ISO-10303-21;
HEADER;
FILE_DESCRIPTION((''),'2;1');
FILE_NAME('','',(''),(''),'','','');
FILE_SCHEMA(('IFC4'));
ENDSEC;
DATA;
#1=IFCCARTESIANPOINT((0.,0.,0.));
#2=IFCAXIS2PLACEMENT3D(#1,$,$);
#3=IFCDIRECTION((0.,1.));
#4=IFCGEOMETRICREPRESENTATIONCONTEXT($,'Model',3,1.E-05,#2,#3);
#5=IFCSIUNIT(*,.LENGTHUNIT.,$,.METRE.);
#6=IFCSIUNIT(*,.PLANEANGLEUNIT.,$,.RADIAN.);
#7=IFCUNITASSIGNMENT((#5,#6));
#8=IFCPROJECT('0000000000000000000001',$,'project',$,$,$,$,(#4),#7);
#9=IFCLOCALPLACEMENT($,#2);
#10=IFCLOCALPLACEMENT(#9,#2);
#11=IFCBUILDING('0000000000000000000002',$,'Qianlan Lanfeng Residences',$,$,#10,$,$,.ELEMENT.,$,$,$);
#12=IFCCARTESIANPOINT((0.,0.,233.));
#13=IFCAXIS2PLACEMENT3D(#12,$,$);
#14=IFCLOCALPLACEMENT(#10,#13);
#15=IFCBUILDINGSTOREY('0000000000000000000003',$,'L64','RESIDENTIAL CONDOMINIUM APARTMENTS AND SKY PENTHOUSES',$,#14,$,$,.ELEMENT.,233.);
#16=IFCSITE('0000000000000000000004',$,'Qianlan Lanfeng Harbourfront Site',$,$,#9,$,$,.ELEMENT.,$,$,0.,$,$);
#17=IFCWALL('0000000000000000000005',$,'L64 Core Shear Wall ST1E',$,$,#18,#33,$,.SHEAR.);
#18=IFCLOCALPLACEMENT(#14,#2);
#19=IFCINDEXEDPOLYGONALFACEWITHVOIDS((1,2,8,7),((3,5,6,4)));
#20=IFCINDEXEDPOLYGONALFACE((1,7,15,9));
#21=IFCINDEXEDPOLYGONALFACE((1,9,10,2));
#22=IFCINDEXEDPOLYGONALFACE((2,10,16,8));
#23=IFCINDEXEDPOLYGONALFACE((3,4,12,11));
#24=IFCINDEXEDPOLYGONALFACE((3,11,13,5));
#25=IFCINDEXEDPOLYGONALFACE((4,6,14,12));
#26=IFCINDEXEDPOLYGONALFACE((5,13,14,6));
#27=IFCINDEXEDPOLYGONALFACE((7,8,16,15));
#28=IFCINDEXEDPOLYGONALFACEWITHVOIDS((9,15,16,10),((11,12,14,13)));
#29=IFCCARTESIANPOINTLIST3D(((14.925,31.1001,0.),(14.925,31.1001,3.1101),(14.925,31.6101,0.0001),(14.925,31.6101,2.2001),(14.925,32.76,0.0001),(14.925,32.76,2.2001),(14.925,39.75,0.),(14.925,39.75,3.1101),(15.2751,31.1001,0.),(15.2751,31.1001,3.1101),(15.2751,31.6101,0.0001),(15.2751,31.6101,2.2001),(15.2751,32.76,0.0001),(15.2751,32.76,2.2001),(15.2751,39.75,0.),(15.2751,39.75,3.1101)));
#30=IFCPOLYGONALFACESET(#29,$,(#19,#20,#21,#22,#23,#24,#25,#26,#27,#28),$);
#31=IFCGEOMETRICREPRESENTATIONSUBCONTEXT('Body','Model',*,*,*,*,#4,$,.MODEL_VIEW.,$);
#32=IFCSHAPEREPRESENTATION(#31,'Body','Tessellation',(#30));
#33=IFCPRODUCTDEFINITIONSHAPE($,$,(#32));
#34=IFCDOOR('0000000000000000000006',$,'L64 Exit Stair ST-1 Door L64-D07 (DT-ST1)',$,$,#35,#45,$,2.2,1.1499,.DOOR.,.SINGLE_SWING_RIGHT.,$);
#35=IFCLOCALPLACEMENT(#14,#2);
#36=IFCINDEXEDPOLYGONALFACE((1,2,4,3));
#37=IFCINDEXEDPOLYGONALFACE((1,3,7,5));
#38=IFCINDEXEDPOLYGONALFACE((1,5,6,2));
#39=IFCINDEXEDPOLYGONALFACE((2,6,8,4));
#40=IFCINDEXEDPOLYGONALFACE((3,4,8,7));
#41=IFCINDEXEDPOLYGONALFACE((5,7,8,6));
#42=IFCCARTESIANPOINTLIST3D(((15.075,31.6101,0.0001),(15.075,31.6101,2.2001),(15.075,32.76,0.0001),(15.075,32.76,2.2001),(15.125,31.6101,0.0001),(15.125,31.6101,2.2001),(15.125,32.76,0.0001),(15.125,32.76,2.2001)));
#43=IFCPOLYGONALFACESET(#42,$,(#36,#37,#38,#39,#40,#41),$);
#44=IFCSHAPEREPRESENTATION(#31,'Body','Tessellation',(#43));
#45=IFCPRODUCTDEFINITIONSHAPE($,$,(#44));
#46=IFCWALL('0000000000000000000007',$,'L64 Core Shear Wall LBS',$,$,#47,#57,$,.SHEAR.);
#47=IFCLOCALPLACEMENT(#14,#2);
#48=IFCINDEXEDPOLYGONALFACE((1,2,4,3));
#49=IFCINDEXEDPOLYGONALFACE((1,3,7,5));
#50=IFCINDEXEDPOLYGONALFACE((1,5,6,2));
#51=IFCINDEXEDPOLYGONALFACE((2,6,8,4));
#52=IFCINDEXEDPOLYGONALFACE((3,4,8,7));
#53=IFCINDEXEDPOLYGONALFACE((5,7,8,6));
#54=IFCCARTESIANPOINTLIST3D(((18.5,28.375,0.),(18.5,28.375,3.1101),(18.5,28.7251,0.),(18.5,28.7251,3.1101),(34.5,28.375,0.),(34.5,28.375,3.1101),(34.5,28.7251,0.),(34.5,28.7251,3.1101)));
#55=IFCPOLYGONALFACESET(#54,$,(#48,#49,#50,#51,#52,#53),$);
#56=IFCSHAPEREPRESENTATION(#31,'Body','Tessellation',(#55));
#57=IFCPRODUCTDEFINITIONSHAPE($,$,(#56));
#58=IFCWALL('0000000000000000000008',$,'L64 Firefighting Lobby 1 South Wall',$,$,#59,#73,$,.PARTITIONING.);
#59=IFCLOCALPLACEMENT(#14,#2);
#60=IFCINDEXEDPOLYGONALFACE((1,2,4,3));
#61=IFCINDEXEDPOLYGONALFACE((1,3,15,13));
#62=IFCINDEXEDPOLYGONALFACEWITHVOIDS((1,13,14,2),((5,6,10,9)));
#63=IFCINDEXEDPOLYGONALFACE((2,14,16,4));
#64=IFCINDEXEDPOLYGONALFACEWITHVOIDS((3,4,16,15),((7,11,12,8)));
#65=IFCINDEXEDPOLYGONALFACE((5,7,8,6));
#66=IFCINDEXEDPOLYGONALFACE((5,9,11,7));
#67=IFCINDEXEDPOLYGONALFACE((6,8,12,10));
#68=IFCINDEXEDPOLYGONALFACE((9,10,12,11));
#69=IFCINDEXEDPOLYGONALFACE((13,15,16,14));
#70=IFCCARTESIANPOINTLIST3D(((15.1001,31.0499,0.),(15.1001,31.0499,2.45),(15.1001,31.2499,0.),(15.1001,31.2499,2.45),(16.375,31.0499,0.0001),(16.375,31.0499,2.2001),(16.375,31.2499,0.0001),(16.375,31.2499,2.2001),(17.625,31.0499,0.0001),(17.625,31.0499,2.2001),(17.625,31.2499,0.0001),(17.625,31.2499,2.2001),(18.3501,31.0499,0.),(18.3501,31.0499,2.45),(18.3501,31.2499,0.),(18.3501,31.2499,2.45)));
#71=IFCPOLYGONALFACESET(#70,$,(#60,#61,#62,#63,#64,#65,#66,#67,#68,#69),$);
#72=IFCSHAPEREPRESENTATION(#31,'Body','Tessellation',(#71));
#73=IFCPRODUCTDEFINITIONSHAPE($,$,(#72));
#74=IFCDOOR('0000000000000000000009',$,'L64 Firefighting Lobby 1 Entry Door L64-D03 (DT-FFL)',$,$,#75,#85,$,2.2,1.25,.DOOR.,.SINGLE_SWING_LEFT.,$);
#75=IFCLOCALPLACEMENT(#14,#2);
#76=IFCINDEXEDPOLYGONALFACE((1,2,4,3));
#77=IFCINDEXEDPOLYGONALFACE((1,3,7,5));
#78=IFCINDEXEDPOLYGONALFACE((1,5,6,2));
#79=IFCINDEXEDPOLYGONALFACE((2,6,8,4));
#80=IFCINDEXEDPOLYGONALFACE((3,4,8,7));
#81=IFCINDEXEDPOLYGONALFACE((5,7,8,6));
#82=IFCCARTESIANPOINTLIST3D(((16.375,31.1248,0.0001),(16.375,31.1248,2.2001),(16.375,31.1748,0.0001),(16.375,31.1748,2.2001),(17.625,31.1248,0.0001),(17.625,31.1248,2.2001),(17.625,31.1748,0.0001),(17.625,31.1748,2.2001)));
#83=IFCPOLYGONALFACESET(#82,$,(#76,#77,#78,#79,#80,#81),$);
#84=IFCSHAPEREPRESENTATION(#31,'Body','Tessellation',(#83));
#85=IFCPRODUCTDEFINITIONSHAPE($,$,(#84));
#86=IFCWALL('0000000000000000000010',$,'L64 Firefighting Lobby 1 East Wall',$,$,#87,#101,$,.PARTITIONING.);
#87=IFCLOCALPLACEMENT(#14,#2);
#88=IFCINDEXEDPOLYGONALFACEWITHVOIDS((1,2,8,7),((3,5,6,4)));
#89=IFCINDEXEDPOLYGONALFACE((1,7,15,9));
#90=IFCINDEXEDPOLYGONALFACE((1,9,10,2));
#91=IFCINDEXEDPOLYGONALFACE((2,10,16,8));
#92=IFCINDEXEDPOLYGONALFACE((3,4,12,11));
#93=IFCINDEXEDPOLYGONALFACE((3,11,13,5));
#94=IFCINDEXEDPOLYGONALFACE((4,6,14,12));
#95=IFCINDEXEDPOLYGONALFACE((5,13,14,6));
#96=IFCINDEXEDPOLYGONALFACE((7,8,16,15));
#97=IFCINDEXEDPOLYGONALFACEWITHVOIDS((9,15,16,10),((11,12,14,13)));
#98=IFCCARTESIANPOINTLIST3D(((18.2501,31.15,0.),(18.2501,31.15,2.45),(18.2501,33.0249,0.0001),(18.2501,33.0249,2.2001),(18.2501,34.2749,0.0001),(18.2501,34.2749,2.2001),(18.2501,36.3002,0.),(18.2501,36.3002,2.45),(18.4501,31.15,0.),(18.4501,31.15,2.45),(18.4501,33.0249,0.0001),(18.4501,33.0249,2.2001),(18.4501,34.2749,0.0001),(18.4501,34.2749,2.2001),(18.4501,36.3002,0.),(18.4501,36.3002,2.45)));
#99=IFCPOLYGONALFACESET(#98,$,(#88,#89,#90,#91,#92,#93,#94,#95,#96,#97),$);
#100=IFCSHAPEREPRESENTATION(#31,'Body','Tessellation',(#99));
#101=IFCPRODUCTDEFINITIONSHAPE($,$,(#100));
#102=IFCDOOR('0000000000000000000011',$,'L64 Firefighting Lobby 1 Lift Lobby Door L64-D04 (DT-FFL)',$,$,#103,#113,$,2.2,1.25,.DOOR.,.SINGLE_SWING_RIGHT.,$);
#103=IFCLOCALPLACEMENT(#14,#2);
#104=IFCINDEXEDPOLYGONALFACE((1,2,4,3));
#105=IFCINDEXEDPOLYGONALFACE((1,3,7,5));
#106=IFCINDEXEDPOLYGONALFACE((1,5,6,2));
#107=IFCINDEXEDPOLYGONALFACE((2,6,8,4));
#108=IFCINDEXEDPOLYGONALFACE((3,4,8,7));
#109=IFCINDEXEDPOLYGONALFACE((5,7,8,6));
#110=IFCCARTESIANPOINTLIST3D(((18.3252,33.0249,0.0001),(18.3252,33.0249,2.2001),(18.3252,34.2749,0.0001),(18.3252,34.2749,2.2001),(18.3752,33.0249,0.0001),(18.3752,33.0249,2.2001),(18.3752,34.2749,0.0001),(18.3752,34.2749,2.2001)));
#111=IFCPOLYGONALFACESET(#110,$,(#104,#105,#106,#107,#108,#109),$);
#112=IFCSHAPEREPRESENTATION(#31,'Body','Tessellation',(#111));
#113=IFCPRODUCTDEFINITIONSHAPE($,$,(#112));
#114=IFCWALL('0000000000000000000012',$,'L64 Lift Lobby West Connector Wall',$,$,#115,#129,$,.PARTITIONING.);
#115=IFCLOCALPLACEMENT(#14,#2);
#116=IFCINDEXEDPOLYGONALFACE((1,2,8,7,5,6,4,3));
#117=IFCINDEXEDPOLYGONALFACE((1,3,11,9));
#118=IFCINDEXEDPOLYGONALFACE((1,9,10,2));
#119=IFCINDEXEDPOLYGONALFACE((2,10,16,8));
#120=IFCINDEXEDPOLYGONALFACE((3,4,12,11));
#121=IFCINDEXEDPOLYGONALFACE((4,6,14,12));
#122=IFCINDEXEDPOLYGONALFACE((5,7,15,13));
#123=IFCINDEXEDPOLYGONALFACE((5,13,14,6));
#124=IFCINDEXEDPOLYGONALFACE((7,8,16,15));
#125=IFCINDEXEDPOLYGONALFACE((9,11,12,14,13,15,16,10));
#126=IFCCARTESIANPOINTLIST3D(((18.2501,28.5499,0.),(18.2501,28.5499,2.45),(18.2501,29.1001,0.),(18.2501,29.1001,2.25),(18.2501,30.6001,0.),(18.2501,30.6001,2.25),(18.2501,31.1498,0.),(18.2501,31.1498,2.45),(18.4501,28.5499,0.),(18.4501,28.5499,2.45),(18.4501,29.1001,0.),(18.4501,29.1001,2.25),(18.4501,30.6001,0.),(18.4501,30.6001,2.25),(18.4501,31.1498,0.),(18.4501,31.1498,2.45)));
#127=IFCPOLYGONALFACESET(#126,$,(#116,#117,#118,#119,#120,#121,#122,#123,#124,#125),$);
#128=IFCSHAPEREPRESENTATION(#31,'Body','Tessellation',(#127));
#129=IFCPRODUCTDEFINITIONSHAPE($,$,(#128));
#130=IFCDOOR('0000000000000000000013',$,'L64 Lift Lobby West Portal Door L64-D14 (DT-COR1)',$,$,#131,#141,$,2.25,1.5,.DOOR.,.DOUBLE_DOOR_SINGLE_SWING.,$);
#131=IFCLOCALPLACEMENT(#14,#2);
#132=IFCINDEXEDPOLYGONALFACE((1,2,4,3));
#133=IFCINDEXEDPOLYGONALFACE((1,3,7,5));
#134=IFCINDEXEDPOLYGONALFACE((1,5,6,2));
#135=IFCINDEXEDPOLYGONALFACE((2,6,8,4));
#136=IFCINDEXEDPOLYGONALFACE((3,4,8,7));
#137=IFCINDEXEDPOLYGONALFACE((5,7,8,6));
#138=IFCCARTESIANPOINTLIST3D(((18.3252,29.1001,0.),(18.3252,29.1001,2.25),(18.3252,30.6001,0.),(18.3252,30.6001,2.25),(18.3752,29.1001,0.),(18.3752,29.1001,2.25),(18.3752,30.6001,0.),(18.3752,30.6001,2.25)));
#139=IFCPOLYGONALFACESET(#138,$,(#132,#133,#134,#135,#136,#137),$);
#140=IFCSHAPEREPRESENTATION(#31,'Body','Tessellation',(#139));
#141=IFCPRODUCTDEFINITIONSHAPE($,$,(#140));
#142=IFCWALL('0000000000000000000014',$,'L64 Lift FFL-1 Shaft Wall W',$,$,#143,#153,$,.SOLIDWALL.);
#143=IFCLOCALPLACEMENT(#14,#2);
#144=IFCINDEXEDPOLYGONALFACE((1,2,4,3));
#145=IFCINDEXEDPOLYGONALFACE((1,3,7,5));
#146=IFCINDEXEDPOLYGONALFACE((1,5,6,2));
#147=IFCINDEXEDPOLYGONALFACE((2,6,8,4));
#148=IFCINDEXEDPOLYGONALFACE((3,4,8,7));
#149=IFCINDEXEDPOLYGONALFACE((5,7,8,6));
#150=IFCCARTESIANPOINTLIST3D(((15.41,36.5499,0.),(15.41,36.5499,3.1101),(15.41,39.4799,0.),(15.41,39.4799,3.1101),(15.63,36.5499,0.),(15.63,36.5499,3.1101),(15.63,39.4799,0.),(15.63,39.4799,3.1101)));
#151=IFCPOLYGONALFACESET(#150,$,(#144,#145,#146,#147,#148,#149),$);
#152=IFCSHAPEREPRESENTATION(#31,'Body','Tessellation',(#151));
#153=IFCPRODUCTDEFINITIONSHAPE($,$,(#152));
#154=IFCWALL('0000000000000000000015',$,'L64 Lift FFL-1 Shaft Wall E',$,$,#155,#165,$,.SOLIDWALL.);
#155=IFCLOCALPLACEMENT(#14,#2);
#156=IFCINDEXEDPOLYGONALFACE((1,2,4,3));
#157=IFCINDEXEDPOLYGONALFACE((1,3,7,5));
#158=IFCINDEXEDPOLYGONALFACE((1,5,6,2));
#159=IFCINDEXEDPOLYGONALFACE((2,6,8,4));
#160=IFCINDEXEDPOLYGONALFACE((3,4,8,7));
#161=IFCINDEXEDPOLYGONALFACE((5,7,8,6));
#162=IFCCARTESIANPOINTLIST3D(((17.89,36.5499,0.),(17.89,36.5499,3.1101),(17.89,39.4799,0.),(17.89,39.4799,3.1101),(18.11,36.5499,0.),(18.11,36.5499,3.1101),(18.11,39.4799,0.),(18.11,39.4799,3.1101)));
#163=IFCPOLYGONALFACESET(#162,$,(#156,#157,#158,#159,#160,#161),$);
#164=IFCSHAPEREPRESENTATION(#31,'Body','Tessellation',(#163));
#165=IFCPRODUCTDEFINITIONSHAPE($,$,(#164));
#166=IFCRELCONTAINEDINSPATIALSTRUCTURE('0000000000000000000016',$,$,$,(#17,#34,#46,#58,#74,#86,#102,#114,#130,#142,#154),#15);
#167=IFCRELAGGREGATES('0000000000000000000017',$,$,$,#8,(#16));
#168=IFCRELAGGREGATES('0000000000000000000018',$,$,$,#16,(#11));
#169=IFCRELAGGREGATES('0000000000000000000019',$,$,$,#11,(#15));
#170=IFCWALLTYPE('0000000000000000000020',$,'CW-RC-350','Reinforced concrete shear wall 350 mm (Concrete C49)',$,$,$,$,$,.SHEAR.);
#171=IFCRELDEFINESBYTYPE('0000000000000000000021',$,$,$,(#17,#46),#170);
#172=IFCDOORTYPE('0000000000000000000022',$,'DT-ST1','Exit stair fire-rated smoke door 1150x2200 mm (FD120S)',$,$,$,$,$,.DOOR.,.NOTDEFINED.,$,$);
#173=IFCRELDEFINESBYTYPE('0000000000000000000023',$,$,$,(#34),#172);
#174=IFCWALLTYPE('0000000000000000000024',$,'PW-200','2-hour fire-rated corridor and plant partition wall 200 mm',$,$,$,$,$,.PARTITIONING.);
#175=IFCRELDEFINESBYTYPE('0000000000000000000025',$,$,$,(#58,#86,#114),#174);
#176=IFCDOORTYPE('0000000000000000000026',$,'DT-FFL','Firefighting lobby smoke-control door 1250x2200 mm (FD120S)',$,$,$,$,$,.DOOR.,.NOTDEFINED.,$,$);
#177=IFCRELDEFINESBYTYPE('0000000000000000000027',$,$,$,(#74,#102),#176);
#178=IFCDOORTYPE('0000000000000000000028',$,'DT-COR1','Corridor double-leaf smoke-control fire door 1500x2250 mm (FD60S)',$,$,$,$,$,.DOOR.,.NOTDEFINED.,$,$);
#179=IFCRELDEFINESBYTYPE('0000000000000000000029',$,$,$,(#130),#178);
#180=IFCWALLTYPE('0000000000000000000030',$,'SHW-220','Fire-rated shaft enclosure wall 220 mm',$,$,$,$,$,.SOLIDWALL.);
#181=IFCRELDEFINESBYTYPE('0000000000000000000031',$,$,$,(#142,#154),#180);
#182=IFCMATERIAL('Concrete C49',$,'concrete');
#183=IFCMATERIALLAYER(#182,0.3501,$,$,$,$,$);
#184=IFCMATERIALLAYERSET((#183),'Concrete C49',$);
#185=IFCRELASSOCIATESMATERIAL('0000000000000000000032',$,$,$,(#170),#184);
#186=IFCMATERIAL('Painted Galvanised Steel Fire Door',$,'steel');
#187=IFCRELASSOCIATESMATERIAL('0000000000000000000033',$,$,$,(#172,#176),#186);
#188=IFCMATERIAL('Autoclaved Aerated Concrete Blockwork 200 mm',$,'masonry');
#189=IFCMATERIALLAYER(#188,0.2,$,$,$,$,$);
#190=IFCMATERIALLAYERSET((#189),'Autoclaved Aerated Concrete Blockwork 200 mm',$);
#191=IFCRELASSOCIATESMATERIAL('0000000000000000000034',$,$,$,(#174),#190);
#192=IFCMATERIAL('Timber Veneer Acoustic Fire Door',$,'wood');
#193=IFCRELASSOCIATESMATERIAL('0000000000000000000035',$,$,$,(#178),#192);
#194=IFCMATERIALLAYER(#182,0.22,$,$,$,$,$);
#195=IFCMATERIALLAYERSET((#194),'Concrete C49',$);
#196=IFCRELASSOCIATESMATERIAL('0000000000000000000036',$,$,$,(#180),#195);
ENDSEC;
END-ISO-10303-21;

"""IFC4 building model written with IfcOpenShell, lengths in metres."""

from ifc_helpers import new_model, si_unit, direction, frame, frame_2d, origin, place, context, subcontext, project, spatial, rectangle, extrude, material, layer, layer_set, type_object, element, fill, save


model = new_model("IFC4")

# Units and contexts
model_context = context("Model", 3, precision=1e-05, world=origin(), true_north=direction((0.0, 1.0)))
body_context = subcontext(model_context, "Body", "Model", "MODEL_VIEW")
ifc_project = project(units=[si_unit("LENGTHUNIT", "METRE"), si_unit("PLANEANGLEUNIT", "RADIAN")], contexts=[model_context])

# Site, building, storey
site_placement = place(None, origin())
site = spatial("IfcSite", under=ifc_project, at=site_placement, Name="Qianlan Lanfeng Harbourfront Site", CompositionType="ELEMENT", RefElevation=0.0)
building_placement = place(site_placement, origin())
building = spatial("IfcBuilding", under=site, at=building_placement, Name="Qianlan Lanfeng Residences", CompositionType="ELEMENT")
storey_placement = place(building_placement, frame((0.0, 0.0, 233.0)))
storey = spatial("IfcBuildingStorey", under=building, at=storey_placement, Name="L64", Description="RESIDENTIAL CONDOMINIUM APARTMENTS AND SKY PENTHOUSES", CompositionType="ELEMENT", Elevation=233.0)

# Wall, opening, door
ifc_material_1 = material(Name="Concrete C49", Category="concrete")
ifc_layer_1 = layer(ifc_material_1, 0.3501)
ifc_layer_set_1 = layer_set([ifc_layer_1], Name="Concrete C49")
wall_type_1 = type_object("IfcWallType", Name="CW-RC-350", Description="Reinforced concrete shear wall 350 mm (Concrete C49)", PredefinedType="SHEAR", material=ifc_layer_set_1)
wall_1_placement = place(storey_placement, frame((15.1001, 31.1001, 0.0), z_axis=(0.0, 0.0, 1.0), x_axis=(0.0, 1.0, 0.0)))
wall_1 = element("IfcWall", 1, at=wall_1_placement, inside=storey, type_object=wall_type_1, Name="L64 Core Shear Wall ST1E", PredefinedType="SHEAR", context=body_context, shape_type="SweptSolid", body=[
    extrude(rectangle(XDim=8.6499, YDim=0.3501, at=frame_2d((4.325, 0.0))), origin(), (0.0, 0.0, 1.0), 3.1101),
])
opening_1_placement = place(wall_1_placement, frame((0.51, 0.0, 0.0)))
opening_1 = element("IfcOpeningElement", 2, at=opening_1_placement, cuts=wall_1, PredefinedType="OPENING", context=body_context, shape_type="SweptSolid", body=[
    extrude(rectangle(XDim=1.1499, YDim=2.2, at=frame_2d((0.575, 1.1001))), frame((0.0, 0.1851, 0.0), z_axis=(0.0, -1.0, 0.0), x_axis=(1.0, 0.0, 0.0)), (0.0, 0.0, 1.0), 0.3701),
])
ifc_material_2 = material(Name="Painted Galvanised Steel Fire Door", Category="steel")
door_type_1 = type_object("IfcDoorType", Name="DT-ST1", Description="Exit stair fire-rated smoke door 1150x2200 mm (FD120S)", OperationType="NOTDEFINED", PredefinedType="DOOR", material=ifc_material_2)
door_1_placement = place(opening_1_placement, frame((1.1499, 0.0, 0.0), z_axis=(0.0, 0.0, 1.0), x_axis=(-1.0, 0.0, 0.0)))
door_1 = element("IfcDoor", 3, at=door_1_placement, inside=storey, type_object=door_type_1, Name="L64 Exit Stair ST-1 Door L64-D07 (DT-ST1)", OperationType="SINGLE_SWING_RIGHT", OverallHeight=2.2, OverallWidth=1.1499, PredefinedType="DOOR", context=body_context, shape_type="SweptSolid", body=[
    extrude(rectangle(XDim=1.1499, YDim=2.2, at=frame_2d((0.575, 1.1001))), frame((0.0, 0.0249, 0.0), z_axis=(0.0, -1.0, 0.0), x_axis=(1.0, 0.0, 0.0)), (0.0, 0.0, 1.0), 0.05),
])
fill(opening_1, door_1)

# Wall
wall_2_placement = place(storey_placement, frame((18.5, 28.55, 0.0), z_axis=(0.0, 0.0, 1.0), x_axis=(1.0, 0.0, 0.0)))
element("IfcWall", 4, at=wall_2_placement, inside=storey, type_object=wall_type_1, Name="L64 Core Shear Wall LBS", PredefinedType="SHEAR", context=body_context, shape_type="SweptSolid", body=[
    extrude(rectangle(XDim=16.0, YDim=0.3501, at=frame_2d((8.0, 0.0))), origin(), (0.0, 0.0, 1.0), 3.1101),
])

# Walls, openings, doors
ifc_material_3 = material(Name="Autoclaved Aerated Concrete Blockwork 200 mm", Category="masonry")
ifc_layer_2 = layer(ifc_material_3, 0.2)
ifc_layer_set_2 = layer_set([ifc_layer_2], Name="Autoclaved Aerated Concrete Blockwork 200 mm")
wall_type_2 = type_object("IfcWallType", Name="PW-200", Description="2-hour fire-rated corridor and plant partition wall 200 mm", PredefinedType="PARTITIONING", material=ifc_layer_set_2)
wall_3_placement = place(storey_placement, frame((15.1001, 31.1499, 0.0), z_axis=(0.0, 0.0, 1.0), x_axis=(1.0, 0.0, 0.0)))
wall_3 = element("IfcWall", 5, at=wall_3_placement, inside=storey, type_object=wall_type_2, Name="L64 Firefighting Lobby 1 South Wall", PredefinedType="PARTITIONING", context=body_context, shape_type="SweptSolid", body=[
    extrude(rectangle(XDim=3.25, YDim=0.2, at=frame_2d((1.625, 0.0))), origin(), (0.0, 0.0, 1.0), 2.45),
])
opening_2_placement = place(wall_3_placement, frame((1.2749, 0.0, 0.0)))
opening_2 = element("IfcOpeningElement", 6, at=opening_2_placement, cuts=wall_3, PredefinedType="OPENING", context=body_context, shape_type="SweptSolid", body=[
    extrude(rectangle(XDim=1.25, YDim=2.2, at=frame_2d((0.625, 1.1001))), frame((0.0, 0.1099, 0.0), z_axis=(0.0, -1.0, 0.0), x_axis=(1.0, 0.0, 0.0)), (0.0, 0.0, 1.0), 0.22),
])
door_type_2 = type_object("IfcDoorType", Name="DT-FFL", Description="Firefighting lobby smoke-control door 1250x2200 mm (FD120S)", OperationType="NOTDEFINED", PredefinedType="DOOR", material=ifc_material_2)
door_2_placement = place(opening_2_placement, origin())
door_2 = element("IfcDoor", 7, at=door_2_placement, inside=storey, type_object=door_type_2, Name="L64 Firefighting Lobby 1 Entry Door L64-D03 (DT-FFL)", OperationType="SINGLE_SWING_LEFT", OverallHeight=2.2, OverallWidth=1.25, PredefinedType="DOOR", context=body_context, shape_type="SweptSolid", body=[
    extrude(rectangle(XDim=1.25, YDim=2.2, at=frame_2d((0.625, 1.1001))), frame((0.0, 0.0249, 0.0), z_axis=(0.0, -1.0, 0.0), x_axis=(1.0, 0.0, 0.0)), (0.0, 0.0, 1.0), 0.05),
])
fill(opening_2, door_2)
wall_4_placement = place(storey_placement, frame((18.3501, 31.1499, 0.0), z_axis=(0.0, 0.0, 1.0), x_axis=(0.0, 1.0, 0.0)))
wall_4 = element("IfcWall", 8, at=wall_4_placement, inside=storey, type_object=wall_type_2, Name="L64 Firefighting Lobby 1 East Wall", PredefinedType="PARTITIONING", context=body_context, shape_type="SweptSolid", body=[
    extrude(rectangle(XDim=5.1501, YDim=0.2, at=frame_2d((2.5752, 0.0))), origin(), (0.0, 0.0, 1.0), 2.45),
])
opening_3_placement = place(wall_4_placement, frame((1.875, 0.0, 0.0)))
opening_3 = element("IfcOpeningElement", 9, at=opening_3_placement, cuts=wall_4, PredefinedType="OPENING", context=body_context, shape_type="SweptSolid", body=[
    extrude(rectangle(XDim=1.25, YDim=2.2, at=frame_2d((0.625, 1.1001))), frame((0.0, 0.1099, 0.0), z_axis=(0.0, -1.0, 0.0), x_axis=(1.0, 0.0, 0.0)), (0.0, 0.0, 1.0), 0.22),
])
door_3_placement = place(opening_3_placement, origin())
door_3 = element("IfcDoor", 10, at=door_3_placement, inside=storey, type_object=door_type_2, Name="L64 Firefighting Lobby 1 Lift Lobby Door L64-D04 (DT-FFL)", OperationType="SINGLE_SWING_RIGHT", OverallHeight=2.2, OverallWidth=1.25, PredefinedType="DOOR", context=body_context, shape_type="SweptSolid", body=[
    extrude(rectangle(XDim=1.25, YDim=2.2, at=frame_2d((0.625, 1.1001))), frame((0.0, 0.0249, 0.0), z_axis=(0.0, -1.0, 0.0), x_axis=(1.0, 0.0, 0.0)), (0.0, 0.0, 1.0), 0.05),
])
fill(opening_3, door_3)
wall_5_placement = place(storey_placement, frame((18.3501, 28.55, 0.0), z_axis=(0.0, 0.0, 1.0), x_axis=(0.0, 1.0, 0.0)))
wall_5 = element("IfcWall", 11, at=wall_5_placement, inside=storey, type_object=wall_type_2, Name="L64 Lift Lobby West Connector Wall", PredefinedType="PARTITIONING", context=body_context, shape_type="SweptSolid", body=[
    extrude(rectangle(XDim=2.5999, YDim=0.2, at=frame_2d((1.2998, 0.0))), origin(), (0.0, 0.0, 1.0), 2.45),
])
opening_4_placement = place(wall_5_placement, frame((0.55, 0.0, 0.0)))
opening_4 = element("IfcOpeningElement", 12, at=opening_4_placement, cuts=wall_5, PredefinedType="OPENING", context=body_context, shape_type="SweptSolid", body=[
    extrude(rectangle(XDim=1.5, YDim=2.25, at=frame_2d((0.75, 1.125))), frame((0.0, 0.1099, 0.0), z_axis=(0.0, -1.0, 0.0), x_axis=(1.0, 0.0, 0.0)), (0.0, 0.0, 1.0), 0.22),
])
ifc_material_4 = material(Name="Timber Veneer Acoustic Fire Door", Category="wood")
door_type_3 = type_object("IfcDoorType", Name="DT-COR1", Description="Corridor double-leaf smoke-control fire door 1500x2250 mm (FD60S)", OperationType="NOTDEFINED", PredefinedType="DOOR", material=ifc_material_4)
door_4_placement = place(opening_4_placement, origin())
door_4 = element("IfcDoor", 13, at=door_4_placement, inside=storey, type_object=door_type_3, Name="L64 Lift Lobby West Portal Door L64-D14 (DT-COR1)", OperationType="DOUBLE_DOOR_SINGLE_SWING", OverallHeight=2.25, OverallWidth=1.5, PredefinedType="DOOR", context=body_context, shape_type="SweptSolid", body=[
    extrude(rectangle(XDim=1.5, YDim=2.25, at=frame_2d((0.75, 1.125))), frame((0.0, 0.0249, 0.0), z_axis=(0.0, -1.0, 0.0), x_axis=(1.0, 0.0, 0.0)), (0.0, 0.0, 1.0), 0.05),
])
fill(opening_4, door_4)

# Walls
ifc_layer_3 = layer(ifc_material_1, 0.22)
ifc_layer_set_3 = layer_set([ifc_layer_3], Name="Concrete C49")
wall_type_3 = type_object("IfcWallType", Name="SHW-220", Description="Fire-rated shaft enclosure wall 220 mm", PredefinedType="SOLIDWALL", material=ifc_layer_set_3)
for number, where, z_axis, x_axis, name in (
    (14, (15.52, 36.55, 0.0), (0.0, 0.0, 1.0), (0.0, 1.0, 0.0), "L64 Lift FFL-1 Shaft Wall W"),
    (15, (18.0, 36.55, 0.0), (0.0, 0.0, 1.0), (0.0, 1.0, 0.0), "L64 Lift FFL-1 Shaft Wall E"),
):
    element("IfcWall", number, at=place(storey_placement, frame(where, z_axis=z_axis, x_axis=x_axis)), inside=storey, type_object=wall_type_3, Name=name, PredefinedType="SOLIDWALL", context=body_context, shape_type="SweptSolid", body=[
        extrude(rectangle(XDim=2.9299, YDim=0.22, at=frame_2d((1.4648, 0.0))), origin(), (0.0, 0.0, 1.0), 3.1101),
    ])

save(model, "model.ifc")
